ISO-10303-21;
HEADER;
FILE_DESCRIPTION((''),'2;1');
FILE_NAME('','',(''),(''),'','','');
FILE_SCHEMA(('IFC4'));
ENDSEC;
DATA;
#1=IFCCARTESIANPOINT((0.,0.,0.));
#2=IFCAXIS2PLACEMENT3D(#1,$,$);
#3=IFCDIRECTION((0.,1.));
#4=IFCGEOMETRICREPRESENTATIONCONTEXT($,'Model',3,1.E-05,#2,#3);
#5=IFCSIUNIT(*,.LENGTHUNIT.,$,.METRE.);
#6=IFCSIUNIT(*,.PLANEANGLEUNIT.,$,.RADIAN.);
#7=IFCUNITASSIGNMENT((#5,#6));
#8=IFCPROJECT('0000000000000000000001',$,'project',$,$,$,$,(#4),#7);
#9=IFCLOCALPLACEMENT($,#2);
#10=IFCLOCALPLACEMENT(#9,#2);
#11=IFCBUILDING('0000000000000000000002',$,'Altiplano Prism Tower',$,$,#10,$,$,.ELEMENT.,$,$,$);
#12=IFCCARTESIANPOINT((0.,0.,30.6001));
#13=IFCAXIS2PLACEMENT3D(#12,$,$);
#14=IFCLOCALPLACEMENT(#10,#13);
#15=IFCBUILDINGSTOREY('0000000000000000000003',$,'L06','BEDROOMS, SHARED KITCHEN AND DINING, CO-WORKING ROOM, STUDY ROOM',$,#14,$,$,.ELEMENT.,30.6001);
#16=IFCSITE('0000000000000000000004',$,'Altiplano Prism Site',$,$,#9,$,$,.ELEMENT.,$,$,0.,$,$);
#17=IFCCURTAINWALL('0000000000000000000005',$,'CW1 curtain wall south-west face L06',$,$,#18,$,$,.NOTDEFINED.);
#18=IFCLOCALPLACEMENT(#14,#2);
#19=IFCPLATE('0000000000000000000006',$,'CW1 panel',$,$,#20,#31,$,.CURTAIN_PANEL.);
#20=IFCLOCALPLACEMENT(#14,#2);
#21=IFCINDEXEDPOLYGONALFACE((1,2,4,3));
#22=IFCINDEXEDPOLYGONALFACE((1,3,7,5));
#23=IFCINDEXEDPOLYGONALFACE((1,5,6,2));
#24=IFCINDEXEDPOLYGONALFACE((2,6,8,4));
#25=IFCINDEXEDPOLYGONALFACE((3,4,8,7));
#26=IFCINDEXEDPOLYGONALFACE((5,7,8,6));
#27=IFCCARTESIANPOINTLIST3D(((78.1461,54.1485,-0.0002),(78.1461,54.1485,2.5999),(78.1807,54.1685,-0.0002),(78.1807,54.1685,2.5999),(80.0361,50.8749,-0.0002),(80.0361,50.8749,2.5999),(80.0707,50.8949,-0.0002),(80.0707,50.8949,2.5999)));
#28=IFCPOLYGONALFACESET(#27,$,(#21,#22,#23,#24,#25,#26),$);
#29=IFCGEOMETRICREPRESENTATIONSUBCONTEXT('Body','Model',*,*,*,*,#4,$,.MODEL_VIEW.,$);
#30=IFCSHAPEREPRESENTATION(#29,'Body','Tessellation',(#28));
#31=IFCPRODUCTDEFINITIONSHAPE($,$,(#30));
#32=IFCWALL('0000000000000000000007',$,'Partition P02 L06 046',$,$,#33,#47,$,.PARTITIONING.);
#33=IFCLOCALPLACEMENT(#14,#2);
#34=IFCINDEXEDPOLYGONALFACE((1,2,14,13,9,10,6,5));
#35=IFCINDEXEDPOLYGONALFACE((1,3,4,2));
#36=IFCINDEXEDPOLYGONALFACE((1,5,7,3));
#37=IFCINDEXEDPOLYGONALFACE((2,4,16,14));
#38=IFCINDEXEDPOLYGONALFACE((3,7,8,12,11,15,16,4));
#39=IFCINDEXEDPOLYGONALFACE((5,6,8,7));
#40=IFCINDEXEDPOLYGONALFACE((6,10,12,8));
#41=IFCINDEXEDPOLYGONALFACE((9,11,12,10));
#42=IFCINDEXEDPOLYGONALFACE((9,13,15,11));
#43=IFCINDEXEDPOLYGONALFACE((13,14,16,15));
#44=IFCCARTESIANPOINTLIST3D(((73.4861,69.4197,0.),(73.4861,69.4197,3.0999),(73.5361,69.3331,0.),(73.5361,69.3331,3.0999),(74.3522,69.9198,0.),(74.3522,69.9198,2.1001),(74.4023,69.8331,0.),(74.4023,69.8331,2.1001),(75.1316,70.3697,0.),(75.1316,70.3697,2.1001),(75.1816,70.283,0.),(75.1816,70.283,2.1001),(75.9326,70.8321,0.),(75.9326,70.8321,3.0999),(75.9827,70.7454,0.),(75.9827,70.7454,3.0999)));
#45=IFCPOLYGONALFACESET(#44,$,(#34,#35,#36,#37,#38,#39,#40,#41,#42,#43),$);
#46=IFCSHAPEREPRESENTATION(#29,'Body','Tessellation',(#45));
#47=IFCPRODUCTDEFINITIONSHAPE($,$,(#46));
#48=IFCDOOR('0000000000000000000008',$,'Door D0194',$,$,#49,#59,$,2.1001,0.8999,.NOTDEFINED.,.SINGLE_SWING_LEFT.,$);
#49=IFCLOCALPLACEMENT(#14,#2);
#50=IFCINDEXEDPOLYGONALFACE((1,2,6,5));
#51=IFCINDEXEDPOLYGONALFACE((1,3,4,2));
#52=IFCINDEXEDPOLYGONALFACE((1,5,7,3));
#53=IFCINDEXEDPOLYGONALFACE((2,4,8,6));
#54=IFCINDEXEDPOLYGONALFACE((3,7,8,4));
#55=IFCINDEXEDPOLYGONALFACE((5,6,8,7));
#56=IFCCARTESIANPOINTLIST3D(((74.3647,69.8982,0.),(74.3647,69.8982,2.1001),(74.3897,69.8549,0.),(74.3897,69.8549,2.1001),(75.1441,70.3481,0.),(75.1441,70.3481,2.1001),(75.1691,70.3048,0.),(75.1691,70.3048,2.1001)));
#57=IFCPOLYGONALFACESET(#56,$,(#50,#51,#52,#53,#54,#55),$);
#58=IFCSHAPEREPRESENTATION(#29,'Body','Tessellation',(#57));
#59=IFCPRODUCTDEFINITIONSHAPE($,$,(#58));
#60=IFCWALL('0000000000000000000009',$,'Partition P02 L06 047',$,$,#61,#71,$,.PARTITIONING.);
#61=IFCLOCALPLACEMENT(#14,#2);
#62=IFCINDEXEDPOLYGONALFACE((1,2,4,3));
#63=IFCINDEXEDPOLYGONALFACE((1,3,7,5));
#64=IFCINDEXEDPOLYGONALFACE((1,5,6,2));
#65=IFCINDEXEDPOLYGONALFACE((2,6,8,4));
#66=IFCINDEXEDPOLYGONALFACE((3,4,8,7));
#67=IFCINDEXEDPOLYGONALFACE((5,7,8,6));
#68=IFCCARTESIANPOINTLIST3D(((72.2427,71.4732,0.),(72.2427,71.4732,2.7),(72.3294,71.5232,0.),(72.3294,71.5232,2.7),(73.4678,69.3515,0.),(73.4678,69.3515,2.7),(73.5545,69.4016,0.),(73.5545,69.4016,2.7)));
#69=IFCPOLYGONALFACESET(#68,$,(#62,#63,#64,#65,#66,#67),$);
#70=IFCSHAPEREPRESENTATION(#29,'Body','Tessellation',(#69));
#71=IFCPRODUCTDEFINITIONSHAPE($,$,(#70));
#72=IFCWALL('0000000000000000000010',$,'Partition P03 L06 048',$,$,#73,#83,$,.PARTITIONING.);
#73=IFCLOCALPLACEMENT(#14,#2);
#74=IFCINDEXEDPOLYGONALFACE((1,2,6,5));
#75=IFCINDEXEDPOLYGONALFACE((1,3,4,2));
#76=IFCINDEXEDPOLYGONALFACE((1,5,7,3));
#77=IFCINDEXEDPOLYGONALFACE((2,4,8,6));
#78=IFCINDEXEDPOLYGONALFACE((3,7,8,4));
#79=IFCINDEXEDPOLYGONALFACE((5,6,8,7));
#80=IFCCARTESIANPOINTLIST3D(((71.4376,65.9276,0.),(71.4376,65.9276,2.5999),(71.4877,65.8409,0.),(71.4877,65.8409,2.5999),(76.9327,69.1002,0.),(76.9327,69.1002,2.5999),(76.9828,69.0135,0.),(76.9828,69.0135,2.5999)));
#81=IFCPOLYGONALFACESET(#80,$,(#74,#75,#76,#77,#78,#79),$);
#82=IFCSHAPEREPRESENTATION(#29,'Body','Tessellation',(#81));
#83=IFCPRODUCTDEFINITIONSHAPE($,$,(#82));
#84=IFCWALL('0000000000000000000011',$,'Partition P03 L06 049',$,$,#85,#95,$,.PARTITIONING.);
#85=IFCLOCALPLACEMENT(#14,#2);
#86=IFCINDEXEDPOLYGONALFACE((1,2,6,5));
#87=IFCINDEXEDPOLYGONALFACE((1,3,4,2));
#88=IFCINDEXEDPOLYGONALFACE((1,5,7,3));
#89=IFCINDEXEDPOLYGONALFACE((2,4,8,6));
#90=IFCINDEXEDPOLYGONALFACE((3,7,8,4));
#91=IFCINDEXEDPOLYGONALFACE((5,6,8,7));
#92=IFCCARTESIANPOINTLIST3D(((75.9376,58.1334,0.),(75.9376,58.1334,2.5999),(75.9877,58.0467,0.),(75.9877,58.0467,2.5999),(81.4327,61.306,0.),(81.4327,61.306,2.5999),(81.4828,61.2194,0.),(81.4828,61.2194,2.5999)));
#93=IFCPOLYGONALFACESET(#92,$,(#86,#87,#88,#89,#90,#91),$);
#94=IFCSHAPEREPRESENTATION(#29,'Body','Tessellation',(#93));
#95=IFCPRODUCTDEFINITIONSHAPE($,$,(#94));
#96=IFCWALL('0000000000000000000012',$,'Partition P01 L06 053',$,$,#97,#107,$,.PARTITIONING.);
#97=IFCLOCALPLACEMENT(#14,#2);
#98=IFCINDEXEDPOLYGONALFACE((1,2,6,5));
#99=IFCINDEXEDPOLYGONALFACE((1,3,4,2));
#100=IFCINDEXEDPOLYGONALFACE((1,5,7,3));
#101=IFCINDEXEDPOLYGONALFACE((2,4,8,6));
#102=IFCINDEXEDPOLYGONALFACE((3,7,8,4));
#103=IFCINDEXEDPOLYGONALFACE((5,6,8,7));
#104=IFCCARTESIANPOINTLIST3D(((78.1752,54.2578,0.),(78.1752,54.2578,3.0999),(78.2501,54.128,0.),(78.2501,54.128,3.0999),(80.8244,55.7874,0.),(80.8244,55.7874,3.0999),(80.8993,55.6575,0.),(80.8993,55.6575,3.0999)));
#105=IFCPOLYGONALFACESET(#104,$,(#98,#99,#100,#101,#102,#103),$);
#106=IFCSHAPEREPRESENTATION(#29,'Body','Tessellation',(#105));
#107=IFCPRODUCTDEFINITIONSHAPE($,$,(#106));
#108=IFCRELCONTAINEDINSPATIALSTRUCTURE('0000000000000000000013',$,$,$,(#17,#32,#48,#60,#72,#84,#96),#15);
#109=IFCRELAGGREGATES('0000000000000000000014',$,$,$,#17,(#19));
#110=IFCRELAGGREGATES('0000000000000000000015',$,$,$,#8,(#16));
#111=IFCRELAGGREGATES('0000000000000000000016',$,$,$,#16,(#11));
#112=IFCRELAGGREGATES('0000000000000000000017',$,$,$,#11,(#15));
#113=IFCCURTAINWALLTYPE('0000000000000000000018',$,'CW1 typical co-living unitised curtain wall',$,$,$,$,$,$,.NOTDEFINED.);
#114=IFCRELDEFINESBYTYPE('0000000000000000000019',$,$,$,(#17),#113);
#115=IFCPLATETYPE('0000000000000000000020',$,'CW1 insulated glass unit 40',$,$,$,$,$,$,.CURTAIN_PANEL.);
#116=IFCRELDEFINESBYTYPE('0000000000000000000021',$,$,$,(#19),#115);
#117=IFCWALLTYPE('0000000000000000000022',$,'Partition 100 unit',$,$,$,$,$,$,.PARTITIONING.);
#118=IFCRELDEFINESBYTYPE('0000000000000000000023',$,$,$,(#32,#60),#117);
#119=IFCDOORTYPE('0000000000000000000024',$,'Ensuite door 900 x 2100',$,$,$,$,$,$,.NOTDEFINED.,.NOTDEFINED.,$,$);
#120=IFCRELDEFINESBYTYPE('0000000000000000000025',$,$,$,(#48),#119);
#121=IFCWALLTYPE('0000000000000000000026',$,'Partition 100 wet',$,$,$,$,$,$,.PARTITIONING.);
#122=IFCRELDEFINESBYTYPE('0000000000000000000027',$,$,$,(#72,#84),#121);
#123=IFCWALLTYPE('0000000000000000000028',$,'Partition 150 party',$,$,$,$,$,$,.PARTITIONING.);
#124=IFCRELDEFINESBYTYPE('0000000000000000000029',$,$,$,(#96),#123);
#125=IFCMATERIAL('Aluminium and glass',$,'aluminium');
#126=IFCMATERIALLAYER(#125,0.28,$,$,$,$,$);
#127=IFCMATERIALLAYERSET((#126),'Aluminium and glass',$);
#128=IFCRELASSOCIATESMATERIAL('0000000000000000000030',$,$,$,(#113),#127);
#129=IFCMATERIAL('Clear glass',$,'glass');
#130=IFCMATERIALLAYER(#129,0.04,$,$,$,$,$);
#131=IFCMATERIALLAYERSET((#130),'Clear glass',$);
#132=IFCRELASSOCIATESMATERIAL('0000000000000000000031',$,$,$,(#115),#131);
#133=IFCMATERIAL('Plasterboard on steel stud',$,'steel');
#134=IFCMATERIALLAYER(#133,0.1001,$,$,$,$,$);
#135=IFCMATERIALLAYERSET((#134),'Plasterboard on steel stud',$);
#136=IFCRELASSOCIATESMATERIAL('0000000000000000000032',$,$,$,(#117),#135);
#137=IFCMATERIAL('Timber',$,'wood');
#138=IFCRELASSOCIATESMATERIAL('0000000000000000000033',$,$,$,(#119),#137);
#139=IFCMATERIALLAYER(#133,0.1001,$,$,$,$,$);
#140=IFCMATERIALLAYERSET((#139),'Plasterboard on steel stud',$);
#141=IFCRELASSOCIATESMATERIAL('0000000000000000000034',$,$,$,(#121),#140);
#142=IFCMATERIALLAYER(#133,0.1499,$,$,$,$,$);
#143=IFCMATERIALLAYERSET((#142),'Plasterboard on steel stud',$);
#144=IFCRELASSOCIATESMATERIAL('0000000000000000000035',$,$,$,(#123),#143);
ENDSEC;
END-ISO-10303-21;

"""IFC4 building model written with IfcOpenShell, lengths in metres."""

from ifc_helpers import new_model, si_unit, direction, frame, frame_2d, origin, origin_2d, place, context, subcontext, project, spatial, rectangle, extrude, material, layer, layer_set, type_object, element, fill, aggregate, save


model = new_model("IFC4")

# Units and contexts
model_context = context("Model", 3, precision=1e-05, world=origin(), true_north=direction((0.0, 1.0)))
body_context = subcontext(model_context, "Body", "Model", "MODEL_VIEW")
ifc_project = project(units=[si_unit("LENGTHUNIT", "METRE"), si_unit("PLANEANGLEUNIT", "RADIAN")], contexts=[model_context])

# Site, building, storey
site_placement = place(None, origin())
site = spatial("IfcSite", under=ifc_project, at=site_placement, Name="Altiplano Prism Site", CompositionType="ELEMENT", RefElevation=0.0)
building_placement = place(site_placement, origin())
building = spatial("IfcBuilding", under=site, at=building_placement, Name="Altiplano Prism Tower", CompositionType="ELEMENT")
storey_placement = place(building_placement, frame((0.0, 0.0, 30.6001)))
storey = spatial("IfcBuildingStorey", under=building, at=storey_placement, Name="L06", Description="BEDROOMS, SHARED KITCHEN AND DINING, CO-WORKING ROOM, STUDY ROOM", CompositionType="ELEMENT", Elevation=30.6001)

# Curtain wall
ifc_material_1 = material(Name="Aluminium and glass", Category="aluminium")
ifc_layer_1 = layer(ifc_material_1, 0.28)
ifc_layer_set_1 = layer_set([ifc_layer_1], Name="Aluminium and glass")
curtain_wall_type = type_object("IfcCurtainWallType", Name="CW1 typical co-living unitised curtain wall", PredefinedType="NOTDEFINED", material=ifc_layer_set_1)
curtain_wall_placement = place(storey_placement, origin())
curtain_wall = element("IfcCurtainWall", 1, at=curtain_wall_placement, inside=storey, type_object=curtain_wall_type, Name="CW1 curtain wall south-west face L06", PredefinedType="NOTDEFINED")

# Plate
ifc_material_2 = material(Name="Clear glass", Category="glass")
ifc_layer_2 = layer(ifc_material_2, 0.04)
ifc_layer_set_2 = layer_set([ifc_layer_2], Name="Clear glass")
plate_type = type_object("IfcPlateType", Name="CW1 insulated glass unit 40", PredefinedType="CURTAIN_PANEL", material=ifc_layer_set_2)
plate_1_placement = place(storey_placement, frame((79.1084, 52.5217, -0.0002), z_axis=(0.0, 0.0, 1.0), x_axis=(0.5, -0.866025, 0.0)))
plate_1 = element("IfcPlate", 2, at=plate_1_placement, type_object=plate_type, Name="CW1 panel", PredefinedType="CURTAIN_PANEL", context=body_context, shape_type="SweptSolid", body=[
    extrude(rectangle(XDim=3.78, YDim=0.04, at=origin_2d()), origin(), (0.0, 0.0, 1.0), 2.6001),
])
aggregate(curtain_wall, [plate_1])

# Wall, opening, door
ifc_material_3 = material(Name="Plasterboard on steel stud", Category="steel")
ifc_layer_3 = layer(ifc_material_3, 0.1001)
ifc_layer_set_3 = layer_set([ifc_layer_3], Name="Plasterboard on steel stud")
wall_type_1 = type_object("IfcWallType", Name="Partition 100 unit", PredefinedType="PARTITIONING", material=ifc_layer_set_3)
wall_1_placement = place(storey_placement, frame((75.9578, 70.7888, 0.0), z_axis=(0.0, 0.0, 1.0), x_axis=(-0.866049, -0.499959, 0.0)))
wall_1 = element("IfcWall", 3, at=wall_1_placement, inside=storey, type_object=wall_type_1, Name="Partition P02 L06 046", PredefinedType="PARTITIONING", context=body_context, shape_type="SweptSolid", body=[
    extrude(rectangle(XDim=2.825, YDim=0.1001, at=frame_2d((1.4126, 0.0))), origin(), (0.0, 0.0, 1.0), 3.0999),
])
opening_placement = place(wall_1_placement, frame((0.925, 0.0, 0.0)))
opening = element("IfcOpeningElement", 4, at=opening_placement, cuts=wall_1, PredefinedType="OPENING", context=body_context, shape_type="SweptSolid", body=[
    extrude(rectangle(XDim=0.8999, YDim=2.1001, at=frame_2d((0.45, 1.05))), frame((0.0, 0.0605, 0.0), z_axis=(0.0, -1.0, 0.0), x_axis=(1.0, 0.0, 0.0)), (0.0, 0.0, 1.0), 0.1211),
])
ifc_material_4 = material(Name="Timber", Category="wood")
door_type = type_object("IfcDoorType", Name="Ensuite door 900 x 2100", OperationType="NOTDEFINED", PredefinedType="NOTDEFINED", material=ifc_material_4)
door_placement = place(opening_placement, origin())
door = element("IfcDoor", 5, at=door_placement, inside=storey, type_object=door_type, Name="Door D0194", OperationType="SINGLE_SWING_LEFT", OverallHeight=2.1001, OverallWidth=0.8999, PredefinedType="NOTDEFINED", context=body_context, shape_type="SweptSolid", body=[
    extrude(rectangle(XDim=0.8999, YDim=2.1001, at=frame_2d((0.45, 1.05))), frame((0.0, 0.0249, 0.0), z_axis=(0.0, -1.0, 0.0), x_axis=(1.0, 0.0, 0.0)), (0.0, 0.0, 1.0), 0.05),
])
fill(opening, door)

# Walls
wall_2_placement = place(storey_placement, frame((73.5112, 69.3765, 0.0), z_axis=(0.0, 0.0, 1.0), x_axis=(-0.500062, 0.86599, 0.0)))
element("IfcWall", 6, at=wall_2_placement, inside=storey, type_object=wall_type_1, Name="Partition P02 L06 047", PredefinedType="PARTITIONING", context=body_context, shape_type="SweptSolid", body=[
    extrude(rectangle(XDim=2.45, YDim=0.1001, at=frame_2d((1.2251, 0.0))), origin(), (0.0, 0.0, 1.0), 2.7),
])
ifc_layer_4 = layer(ifc_material_3, 0.1001)
ifc_layer_set_4 = layer_set([ifc_layer_4], Name="Plasterboard on steel stud")
wall_type_2 = type_object("IfcWallType", Name="Partition 100 wet", PredefinedType="PARTITIONING", material=ifc_layer_set_4)
for number, where, z_axis, x_axis, name in (
    (7, (71.4626, 65.8843, 0.0), (0.0, 0.0, 1.0), (0.866025, 0.5, 0.0), "Partition P03 L06 048"),
    (8, (75.9626, 58.0901, 0.0), (0.0, 0.0, 1.0), (0.866025, 0.5, 0.0), "Partition P03 L06 049"),
):
    element("IfcWall", number, at=place(storey_placement, frame(where, z_axis=z_axis, x_axis=x_axis)), inside=storey, type_object=wall_type_2, Name=name, PredefinedType="PARTITIONING", context=body_context, shape_type="SweptSolid", body=[
        extrude(rectangle(XDim=6.3452, YDim=0.1001, at=frame_2d((3.1726, 0.0))), origin(), (0.0, 0.0, 1.0), 2.5999),
    ])
ifc_layer_5 = layer(ifc_material_3, 0.1499)
ifc_layer_set_5 = layer_set([ifc_layer_5], Name="Plasterboard on steel stud")
wall_type_3 = type_object("IfcWallType", Name="Partition 150 party", PredefinedType="PARTITIONING", material=ifc_layer_set_5)
wall_3_placement = place(storey_placement, frame((78.2126, 54.1929, 0.0), z_axis=(0.0, 0.0, 1.0), x_axis=(0.866019, 0.50001, 0.0)))
element("IfcWall", 9, at=wall_3_placement, inside=storey, type_object=wall_type_3, Name="Partition P01 L06 053", PredefinedType="PARTITIONING", context=body_context, shape_type="SweptSolid", body=[
    extrude(rectangle(XDim=3.0591, YDim=0.1499, at=frame_2d((1.5295, 0.0))), origin(), (0.0, 0.0, 1.0), 3.0999),
])

save(model, "model.ifc")
